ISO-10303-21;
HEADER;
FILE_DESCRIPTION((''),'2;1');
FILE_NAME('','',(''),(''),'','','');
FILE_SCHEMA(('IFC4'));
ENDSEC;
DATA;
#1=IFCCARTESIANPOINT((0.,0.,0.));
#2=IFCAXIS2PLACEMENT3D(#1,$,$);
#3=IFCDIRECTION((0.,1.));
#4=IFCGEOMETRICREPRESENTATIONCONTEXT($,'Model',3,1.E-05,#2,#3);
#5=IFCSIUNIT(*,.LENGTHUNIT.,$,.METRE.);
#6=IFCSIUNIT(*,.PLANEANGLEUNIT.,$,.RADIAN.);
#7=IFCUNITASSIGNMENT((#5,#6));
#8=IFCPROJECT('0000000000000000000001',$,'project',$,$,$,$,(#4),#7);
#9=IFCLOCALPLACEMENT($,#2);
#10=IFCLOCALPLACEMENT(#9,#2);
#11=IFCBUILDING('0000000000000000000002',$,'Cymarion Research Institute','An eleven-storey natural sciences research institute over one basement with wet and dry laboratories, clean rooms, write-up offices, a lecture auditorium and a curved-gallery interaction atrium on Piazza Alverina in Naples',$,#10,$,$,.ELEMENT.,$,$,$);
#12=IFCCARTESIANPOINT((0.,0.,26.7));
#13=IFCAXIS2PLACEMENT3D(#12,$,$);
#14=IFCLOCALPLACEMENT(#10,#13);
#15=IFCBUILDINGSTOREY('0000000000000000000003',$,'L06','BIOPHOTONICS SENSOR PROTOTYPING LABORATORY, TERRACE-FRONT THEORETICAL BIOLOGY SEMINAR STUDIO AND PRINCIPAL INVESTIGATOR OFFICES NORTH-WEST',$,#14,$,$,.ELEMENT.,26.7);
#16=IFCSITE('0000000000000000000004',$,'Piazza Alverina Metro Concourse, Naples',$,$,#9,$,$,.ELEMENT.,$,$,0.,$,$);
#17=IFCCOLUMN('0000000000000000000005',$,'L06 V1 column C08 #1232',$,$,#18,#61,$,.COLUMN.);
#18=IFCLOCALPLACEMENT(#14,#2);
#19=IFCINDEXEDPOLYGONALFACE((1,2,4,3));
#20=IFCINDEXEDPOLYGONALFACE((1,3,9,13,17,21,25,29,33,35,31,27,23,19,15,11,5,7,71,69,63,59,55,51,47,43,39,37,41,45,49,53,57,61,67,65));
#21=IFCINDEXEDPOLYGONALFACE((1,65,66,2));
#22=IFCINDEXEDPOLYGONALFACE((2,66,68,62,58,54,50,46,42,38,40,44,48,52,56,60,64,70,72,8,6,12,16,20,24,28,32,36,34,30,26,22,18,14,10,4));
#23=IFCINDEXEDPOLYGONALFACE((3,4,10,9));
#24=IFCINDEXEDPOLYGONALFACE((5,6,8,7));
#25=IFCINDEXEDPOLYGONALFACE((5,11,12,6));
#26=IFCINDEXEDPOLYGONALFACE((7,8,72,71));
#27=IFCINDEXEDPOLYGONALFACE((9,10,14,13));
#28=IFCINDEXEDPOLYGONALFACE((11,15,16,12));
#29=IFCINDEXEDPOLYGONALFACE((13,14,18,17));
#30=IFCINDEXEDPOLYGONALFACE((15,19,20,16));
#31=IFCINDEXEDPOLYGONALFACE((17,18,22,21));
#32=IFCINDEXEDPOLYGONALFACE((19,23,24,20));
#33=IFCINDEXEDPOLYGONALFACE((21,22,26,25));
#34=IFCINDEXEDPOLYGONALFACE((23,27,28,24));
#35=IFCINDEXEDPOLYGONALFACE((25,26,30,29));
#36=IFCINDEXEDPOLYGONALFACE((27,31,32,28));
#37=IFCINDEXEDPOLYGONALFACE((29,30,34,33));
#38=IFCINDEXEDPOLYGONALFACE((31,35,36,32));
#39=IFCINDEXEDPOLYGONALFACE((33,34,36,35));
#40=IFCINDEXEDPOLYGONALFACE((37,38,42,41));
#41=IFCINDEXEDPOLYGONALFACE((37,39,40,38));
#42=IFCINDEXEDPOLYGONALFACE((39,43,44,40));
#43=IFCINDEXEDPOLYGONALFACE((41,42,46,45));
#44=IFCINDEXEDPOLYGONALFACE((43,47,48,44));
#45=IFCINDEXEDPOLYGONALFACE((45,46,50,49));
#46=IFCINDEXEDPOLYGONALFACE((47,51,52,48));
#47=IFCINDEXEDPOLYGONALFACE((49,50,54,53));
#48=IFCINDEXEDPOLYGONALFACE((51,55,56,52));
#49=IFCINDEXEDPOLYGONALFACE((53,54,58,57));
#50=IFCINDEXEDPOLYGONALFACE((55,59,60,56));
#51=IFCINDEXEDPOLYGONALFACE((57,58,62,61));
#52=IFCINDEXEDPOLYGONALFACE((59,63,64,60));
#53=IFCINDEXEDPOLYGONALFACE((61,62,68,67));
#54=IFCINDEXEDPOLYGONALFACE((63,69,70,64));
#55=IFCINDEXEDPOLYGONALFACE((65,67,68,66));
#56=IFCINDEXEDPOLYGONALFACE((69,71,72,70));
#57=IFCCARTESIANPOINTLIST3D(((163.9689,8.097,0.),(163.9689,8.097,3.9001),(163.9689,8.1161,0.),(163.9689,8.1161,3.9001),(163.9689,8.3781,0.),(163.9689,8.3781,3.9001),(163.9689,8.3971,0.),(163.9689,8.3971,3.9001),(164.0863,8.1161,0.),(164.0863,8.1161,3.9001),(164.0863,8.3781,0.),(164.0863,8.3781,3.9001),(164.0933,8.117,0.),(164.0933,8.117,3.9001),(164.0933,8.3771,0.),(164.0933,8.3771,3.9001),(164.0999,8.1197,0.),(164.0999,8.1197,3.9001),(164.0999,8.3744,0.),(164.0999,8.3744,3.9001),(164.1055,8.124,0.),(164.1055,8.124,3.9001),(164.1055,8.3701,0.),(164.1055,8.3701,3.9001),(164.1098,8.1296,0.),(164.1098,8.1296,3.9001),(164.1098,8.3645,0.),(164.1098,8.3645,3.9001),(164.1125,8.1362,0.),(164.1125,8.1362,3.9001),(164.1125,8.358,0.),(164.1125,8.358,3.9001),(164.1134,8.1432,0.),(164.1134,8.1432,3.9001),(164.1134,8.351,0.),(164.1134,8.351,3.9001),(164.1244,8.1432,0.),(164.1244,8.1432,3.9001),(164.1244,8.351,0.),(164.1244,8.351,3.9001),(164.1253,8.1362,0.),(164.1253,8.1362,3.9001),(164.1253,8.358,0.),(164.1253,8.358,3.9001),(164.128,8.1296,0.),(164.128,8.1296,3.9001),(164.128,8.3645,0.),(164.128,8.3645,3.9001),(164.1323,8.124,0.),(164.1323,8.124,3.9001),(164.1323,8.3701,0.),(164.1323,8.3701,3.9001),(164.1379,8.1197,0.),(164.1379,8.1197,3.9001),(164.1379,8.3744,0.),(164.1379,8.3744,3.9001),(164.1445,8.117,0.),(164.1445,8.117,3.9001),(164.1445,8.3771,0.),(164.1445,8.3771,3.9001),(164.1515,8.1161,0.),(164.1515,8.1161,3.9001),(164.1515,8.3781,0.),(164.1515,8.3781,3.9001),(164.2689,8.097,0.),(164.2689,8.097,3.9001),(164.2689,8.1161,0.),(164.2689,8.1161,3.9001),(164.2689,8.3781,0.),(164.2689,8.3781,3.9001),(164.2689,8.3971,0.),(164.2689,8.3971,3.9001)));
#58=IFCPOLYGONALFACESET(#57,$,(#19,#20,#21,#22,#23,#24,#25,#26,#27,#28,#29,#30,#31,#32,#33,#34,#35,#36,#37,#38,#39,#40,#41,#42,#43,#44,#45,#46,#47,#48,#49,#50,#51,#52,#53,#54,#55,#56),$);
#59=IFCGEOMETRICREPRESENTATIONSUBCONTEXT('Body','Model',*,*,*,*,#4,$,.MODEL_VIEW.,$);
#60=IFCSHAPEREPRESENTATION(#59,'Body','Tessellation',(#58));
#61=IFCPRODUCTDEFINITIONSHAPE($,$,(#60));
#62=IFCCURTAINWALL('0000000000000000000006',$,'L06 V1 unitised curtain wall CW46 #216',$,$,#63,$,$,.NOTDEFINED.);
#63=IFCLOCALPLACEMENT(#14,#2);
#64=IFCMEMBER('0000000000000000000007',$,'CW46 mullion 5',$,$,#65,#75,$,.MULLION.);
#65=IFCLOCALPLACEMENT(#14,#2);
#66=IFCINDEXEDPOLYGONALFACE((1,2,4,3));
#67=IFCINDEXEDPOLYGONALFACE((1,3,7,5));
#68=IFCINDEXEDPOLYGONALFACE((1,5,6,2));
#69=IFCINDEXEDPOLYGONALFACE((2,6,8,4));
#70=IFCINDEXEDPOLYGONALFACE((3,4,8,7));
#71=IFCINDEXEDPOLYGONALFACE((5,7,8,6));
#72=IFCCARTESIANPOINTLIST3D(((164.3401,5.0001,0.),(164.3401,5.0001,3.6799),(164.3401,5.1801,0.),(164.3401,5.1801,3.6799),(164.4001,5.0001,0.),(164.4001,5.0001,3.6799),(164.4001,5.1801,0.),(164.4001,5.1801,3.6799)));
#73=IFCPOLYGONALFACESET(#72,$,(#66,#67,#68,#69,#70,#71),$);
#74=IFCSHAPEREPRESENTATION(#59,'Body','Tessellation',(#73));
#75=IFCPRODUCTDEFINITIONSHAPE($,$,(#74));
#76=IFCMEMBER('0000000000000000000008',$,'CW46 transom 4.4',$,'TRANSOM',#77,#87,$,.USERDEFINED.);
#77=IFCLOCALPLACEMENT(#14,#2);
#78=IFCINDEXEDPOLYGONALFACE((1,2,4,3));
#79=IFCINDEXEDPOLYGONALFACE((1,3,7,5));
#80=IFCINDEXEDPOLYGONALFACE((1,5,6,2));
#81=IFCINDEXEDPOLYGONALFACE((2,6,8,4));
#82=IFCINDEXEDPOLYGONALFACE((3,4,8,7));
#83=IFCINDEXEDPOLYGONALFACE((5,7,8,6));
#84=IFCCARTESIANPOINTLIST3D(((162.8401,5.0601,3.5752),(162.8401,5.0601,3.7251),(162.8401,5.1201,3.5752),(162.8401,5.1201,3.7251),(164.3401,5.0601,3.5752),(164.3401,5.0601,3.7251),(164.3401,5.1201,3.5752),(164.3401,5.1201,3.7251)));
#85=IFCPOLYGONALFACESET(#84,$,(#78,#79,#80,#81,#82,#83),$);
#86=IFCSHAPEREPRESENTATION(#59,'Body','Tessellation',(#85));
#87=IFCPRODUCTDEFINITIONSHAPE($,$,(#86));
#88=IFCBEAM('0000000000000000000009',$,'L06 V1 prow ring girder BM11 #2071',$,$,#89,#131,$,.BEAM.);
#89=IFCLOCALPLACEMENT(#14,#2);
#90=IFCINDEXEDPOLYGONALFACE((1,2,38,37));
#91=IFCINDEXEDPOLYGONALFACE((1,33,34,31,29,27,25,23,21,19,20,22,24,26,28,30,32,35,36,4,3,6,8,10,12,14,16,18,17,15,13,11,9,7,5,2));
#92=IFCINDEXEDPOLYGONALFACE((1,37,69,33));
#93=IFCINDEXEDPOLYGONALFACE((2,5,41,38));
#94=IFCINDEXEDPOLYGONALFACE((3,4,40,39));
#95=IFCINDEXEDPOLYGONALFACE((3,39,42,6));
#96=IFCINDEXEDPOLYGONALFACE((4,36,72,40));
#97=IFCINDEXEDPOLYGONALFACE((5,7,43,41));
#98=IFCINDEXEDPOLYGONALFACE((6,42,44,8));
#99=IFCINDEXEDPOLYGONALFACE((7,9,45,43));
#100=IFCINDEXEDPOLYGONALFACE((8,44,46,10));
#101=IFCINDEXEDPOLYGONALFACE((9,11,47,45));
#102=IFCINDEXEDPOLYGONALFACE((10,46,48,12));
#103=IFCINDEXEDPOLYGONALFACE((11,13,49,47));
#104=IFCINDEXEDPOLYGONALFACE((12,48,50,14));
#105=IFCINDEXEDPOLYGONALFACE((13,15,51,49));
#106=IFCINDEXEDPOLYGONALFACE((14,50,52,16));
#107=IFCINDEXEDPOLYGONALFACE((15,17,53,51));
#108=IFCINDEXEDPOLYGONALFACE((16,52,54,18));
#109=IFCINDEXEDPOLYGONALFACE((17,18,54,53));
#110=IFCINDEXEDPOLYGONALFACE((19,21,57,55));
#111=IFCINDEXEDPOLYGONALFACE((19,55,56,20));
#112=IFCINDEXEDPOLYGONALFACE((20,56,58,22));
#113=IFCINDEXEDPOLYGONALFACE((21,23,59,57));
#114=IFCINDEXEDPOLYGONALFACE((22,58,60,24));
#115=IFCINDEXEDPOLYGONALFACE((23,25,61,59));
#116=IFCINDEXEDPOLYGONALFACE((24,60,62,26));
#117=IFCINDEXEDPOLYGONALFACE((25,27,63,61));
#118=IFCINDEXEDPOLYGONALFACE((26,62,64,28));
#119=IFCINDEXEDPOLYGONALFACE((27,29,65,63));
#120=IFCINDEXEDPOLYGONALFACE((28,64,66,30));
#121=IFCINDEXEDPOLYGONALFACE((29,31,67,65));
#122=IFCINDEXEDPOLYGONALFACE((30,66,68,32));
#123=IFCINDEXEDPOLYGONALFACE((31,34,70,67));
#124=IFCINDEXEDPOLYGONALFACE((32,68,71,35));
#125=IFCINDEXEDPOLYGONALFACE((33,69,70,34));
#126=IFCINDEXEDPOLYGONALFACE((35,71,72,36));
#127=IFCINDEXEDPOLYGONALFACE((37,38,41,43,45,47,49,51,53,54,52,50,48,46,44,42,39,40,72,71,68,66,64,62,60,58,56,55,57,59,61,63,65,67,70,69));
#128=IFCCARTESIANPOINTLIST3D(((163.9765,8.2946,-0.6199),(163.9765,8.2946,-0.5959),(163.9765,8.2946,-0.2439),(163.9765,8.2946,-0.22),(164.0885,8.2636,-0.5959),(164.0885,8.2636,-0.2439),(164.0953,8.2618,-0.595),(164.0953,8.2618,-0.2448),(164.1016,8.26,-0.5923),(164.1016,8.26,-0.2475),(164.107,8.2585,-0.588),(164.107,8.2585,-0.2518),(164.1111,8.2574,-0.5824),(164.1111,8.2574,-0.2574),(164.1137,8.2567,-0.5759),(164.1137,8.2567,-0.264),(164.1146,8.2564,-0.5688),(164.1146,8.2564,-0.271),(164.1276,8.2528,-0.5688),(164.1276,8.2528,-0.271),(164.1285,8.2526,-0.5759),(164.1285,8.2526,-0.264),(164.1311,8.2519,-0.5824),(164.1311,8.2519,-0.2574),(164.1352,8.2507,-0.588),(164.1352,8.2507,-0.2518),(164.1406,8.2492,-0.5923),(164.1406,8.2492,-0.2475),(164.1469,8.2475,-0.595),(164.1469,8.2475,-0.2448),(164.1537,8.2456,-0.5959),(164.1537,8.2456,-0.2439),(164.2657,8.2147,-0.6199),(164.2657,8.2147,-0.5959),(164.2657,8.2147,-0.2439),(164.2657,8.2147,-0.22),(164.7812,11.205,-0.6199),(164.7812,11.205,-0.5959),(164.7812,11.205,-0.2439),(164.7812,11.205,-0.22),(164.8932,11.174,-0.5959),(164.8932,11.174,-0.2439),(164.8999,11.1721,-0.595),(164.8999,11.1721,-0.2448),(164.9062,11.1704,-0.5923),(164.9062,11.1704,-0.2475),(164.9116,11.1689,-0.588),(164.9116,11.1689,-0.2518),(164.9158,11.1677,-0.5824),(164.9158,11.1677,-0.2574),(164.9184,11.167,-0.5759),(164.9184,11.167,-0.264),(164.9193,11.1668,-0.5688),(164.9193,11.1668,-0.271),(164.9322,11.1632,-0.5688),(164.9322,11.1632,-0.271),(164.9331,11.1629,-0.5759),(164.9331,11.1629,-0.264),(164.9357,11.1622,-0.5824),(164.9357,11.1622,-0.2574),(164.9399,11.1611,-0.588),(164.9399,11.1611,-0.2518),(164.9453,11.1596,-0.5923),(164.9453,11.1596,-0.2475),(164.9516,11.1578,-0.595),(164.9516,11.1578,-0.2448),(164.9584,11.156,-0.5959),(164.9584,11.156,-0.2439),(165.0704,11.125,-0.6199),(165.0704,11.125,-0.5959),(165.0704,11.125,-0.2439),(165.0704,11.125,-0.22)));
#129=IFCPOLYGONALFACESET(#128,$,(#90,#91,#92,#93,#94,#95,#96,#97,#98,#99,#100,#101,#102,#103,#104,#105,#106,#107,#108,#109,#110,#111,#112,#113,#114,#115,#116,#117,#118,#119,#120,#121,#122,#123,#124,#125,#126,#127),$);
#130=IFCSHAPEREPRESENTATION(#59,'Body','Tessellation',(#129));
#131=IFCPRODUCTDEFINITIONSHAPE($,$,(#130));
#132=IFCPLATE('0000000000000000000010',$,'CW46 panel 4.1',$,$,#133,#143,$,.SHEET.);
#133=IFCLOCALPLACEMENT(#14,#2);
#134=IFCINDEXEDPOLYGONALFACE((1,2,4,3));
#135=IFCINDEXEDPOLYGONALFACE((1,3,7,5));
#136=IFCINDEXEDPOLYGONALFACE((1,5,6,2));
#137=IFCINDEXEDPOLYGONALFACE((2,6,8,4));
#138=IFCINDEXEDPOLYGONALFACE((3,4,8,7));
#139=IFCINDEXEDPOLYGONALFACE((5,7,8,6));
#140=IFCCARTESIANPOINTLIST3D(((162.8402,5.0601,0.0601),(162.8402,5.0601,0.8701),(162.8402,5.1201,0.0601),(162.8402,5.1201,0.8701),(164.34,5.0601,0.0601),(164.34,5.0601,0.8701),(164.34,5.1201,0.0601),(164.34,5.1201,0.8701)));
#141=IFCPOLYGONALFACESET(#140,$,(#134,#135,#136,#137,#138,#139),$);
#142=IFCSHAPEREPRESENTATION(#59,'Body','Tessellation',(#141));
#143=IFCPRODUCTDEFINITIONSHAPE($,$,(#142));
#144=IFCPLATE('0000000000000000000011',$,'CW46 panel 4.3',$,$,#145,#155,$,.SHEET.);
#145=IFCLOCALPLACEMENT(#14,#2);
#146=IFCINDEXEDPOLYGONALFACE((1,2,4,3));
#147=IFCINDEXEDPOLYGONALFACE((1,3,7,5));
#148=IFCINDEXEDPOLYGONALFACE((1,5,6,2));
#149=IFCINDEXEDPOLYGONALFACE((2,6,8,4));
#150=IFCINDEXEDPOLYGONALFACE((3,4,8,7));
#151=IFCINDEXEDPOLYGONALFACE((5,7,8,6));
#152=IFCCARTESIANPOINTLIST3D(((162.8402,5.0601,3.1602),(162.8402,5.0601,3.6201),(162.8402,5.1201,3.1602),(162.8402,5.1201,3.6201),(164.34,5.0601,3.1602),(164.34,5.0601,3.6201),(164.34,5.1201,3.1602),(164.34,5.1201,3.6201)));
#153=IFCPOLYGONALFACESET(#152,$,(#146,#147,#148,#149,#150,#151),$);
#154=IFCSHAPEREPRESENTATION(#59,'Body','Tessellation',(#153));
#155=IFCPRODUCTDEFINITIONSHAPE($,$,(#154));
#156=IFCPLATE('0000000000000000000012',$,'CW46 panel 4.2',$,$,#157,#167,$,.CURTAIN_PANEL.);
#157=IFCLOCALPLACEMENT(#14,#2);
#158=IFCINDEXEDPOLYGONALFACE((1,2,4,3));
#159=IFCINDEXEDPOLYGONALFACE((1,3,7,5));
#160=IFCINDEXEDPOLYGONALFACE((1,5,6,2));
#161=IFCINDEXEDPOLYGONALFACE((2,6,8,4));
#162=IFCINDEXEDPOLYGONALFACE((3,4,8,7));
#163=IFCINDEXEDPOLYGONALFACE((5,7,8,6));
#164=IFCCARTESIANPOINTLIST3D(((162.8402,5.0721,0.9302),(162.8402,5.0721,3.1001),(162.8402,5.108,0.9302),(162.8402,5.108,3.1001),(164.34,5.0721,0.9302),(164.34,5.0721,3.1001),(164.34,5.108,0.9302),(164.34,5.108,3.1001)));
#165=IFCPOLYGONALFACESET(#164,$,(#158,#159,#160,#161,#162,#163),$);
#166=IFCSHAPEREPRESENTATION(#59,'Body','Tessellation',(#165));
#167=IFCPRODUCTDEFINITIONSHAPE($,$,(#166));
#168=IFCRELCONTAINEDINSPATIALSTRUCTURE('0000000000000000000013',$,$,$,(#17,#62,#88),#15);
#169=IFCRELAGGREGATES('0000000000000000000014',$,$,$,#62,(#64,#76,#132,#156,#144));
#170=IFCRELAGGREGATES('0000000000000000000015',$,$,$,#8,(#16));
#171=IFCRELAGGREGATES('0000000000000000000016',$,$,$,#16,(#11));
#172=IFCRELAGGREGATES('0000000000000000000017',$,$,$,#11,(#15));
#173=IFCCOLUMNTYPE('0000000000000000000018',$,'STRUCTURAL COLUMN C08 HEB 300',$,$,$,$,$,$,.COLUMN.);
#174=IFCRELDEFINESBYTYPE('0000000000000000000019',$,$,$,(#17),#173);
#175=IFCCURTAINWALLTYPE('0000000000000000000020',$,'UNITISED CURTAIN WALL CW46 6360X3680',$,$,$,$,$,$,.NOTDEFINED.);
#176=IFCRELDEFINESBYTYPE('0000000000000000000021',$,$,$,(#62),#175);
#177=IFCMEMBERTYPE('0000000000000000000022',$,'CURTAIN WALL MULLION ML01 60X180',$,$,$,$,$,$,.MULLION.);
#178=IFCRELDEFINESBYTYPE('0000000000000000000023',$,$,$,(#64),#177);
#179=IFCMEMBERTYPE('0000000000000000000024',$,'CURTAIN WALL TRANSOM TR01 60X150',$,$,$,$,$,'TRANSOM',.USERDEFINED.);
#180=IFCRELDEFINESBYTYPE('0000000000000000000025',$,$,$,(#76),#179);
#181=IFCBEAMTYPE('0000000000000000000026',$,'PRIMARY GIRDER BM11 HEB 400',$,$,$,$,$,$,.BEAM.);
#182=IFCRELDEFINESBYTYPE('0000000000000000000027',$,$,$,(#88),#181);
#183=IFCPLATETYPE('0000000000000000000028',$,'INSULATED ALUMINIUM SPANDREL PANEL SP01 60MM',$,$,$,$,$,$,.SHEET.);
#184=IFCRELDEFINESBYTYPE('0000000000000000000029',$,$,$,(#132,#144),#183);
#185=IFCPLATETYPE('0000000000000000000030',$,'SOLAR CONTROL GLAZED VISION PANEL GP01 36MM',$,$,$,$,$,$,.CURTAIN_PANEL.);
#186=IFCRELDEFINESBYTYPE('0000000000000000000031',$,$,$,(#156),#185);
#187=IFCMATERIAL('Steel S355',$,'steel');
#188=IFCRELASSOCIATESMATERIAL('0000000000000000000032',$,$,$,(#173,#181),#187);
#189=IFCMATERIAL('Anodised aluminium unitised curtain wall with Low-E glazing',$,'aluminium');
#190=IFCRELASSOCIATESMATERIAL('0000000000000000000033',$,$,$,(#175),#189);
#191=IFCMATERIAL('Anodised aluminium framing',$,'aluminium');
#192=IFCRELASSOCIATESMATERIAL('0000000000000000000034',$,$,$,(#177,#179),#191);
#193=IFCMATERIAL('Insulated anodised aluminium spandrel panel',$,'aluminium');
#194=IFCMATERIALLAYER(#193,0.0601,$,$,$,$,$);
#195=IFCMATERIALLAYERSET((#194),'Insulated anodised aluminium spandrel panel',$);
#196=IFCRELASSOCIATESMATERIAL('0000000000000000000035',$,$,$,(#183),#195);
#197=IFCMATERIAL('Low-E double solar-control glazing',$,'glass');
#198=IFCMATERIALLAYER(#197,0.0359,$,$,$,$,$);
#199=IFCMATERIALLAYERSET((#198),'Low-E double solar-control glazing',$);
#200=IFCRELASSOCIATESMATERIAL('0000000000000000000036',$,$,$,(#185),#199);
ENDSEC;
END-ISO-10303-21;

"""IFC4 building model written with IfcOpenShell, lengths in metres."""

from ifc_helpers import new_model, si_unit, direction, frame, origin, origin_2d, place, context, subcontext, project, spatial, rectangle, i_section, extrude, material, layer, layer_set, material_profile, profile_set, type_object, element, aggregate, save


model = new_model("IFC4")

# Units and contexts
model_context = context("Model", 3, precision=1e-05, world=origin(), true_north=direction((0.0, 1.0)))
body_context = subcontext(model_context, "Body", "Model", "MODEL_VIEW")
ifc_project = project(units=[si_unit("LENGTHUNIT", "METRE"), si_unit("PLANEANGLEUNIT", "RADIAN")], contexts=[model_context])

# Site, building, storey
site_placement = place(None, origin())
site = spatial("IfcSite", under=ifc_project, at=site_placement, Name="Piazza Alverina Metro Concourse, Naples", CompositionType="ELEMENT", RefElevation=0.0)
building_placement = place(site_placement, origin())
building = spatial("IfcBuilding", under=site, at=building_placement, Name="Cymarion Research Institute", Description="An eleven-storey natural sciences research institute over one basement with wet and dry laboratories, clean rooms, write-up offices, a lecture auditorium and a curved-gallery interaction atrium on Piazza Alverina in Naples", CompositionType="ELEMENT")
storey_placement = place(building_placement, frame((0.0, 0.0, 26.7)))
storey = spatial("IfcBuildingStorey", under=building, at=storey_placement, Name="L06", Description="BIOPHOTONICS SENSOR PROTOTYPING LABORATORY, TERRACE-FRONT THEORETICAL BIOLOGY SEMINAR STUDIO AND PRINCIPAL INVESTIGATOR OFFICES NORTH-WEST", CompositionType="ELEMENT", Elevation=26.7)

# Column
ifc_material_1 = material(Name="Steel S355", Category="steel")
ifc_material_profile_1 = material_profile(ifc_material_1, i_section(OverallWidth=0.3, OverallDepth=0.3, WebThickness=0.011, FlangeThickness=0.019, FilletRadius=0.0271, at=origin_2d()), Name="HEB 300")
ifc_profile_set_1 = profile_set([ifc_material_profile_1], Name="Steel S355")
column_type = type_object("IfcColumnType", Name="STRUCTURAL COLUMN C08 HEB 300", PredefinedType="COLUMN", material=ifc_profile_set_1)
column_placement = place(storey_placement, frame((164.1189, 8.2471, 0.0), z_axis=(0.0, 0.0, 1.0), x_axis=(1.0, 0.0, 0.0)))
element("IfcColumn", 1, at=column_placement, inside=storey, type_object=column_type, Name="L06 V1 column C08 #1232", PredefinedType="COLUMN", context=body_context, shape_type="SweptSolid", body=[
    extrude(i_section(OverallWidth=0.3, OverallDepth=0.3, WebThickness=0.011, FlangeThickness=0.019, FilletRadius=0.0271, at=origin_2d()), origin(), (0.0, 0.0, 1.0), 3.9001),
])

# Curtain wall, members
ifc_material_2 = material(Name="Anodised aluminium unitised curtain wall with Low-E glazing", Category="aluminium")
curtain_wall_type = type_object("IfcCurtainWallType", Name="UNITISED CURTAIN WALL CW46 6360X3680", PredefinedType="NOTDEFINED", material=ifc_material_2)
curtain_wall_placement = place(storey_placement, origin())
curtain_wall = element("IfcCurtainWall", 2, at=curtain_wall_placement, inside=storey, type_object=curtain_wall_type, Name="L06 V1 unitised curtain wall CW46 #216", PredefinedType="NOTDEFINED")
ifc_material_3 = material(Name="Anodised aluminium framing", Category="aluminium")
ifc_material_profile_2 = material_profile(ifc_material_3, rectangle(XDim=0.0601, YDim=0.1799, at=origin_2d()), Name="ALU MULLION 60x180")
ifc_profile_set_2 = profile_set([ifc_material_profile_2], Name="Anodised aluminium framing")
member_type_1 = type_object("IfcMemberType", Name="CURTAIN WALL MULLION ML01 60X180", PredefinedType="MULLION", material=ifc_profile_set_2)
member_1_placement = place(storey_placement, frame((164.3701, 5.0901, 0.0), z_axis=(0.0, 0.0, 1.0), x_axis=(1.0, 0.0, 0.0)))
member_1 = element("IfcMember", 3, at=member_1_placement, type_object=member_type_1, Name="CW46 mullion 5", PredefinedType="MULLION", context=body_context, shape_type="SweptSolid", body=[
    extrude(rectangle(XDim=0.0601, YDim=0.1799, at=origin_2d()), origin(), (0.0, 0.0, 1.0), 3.6799),
])
ifc_material_profile_3 = material_profile(ifc_material_3, rectangle(XDim=0.0601, YDim=0.1499, at=origin_2d()), Name="ALU TRANSOM 60x150")
ifc_profile_set_3 = profile_set([ifc_material_profile_3], Name="Anodised aluminium framing")
member_type_2 = type_object("IfcMemberType", Name="CURTAIN WALL TRANSOM TR01 60X150", ElementType="TRANSOM", PredefinedType="USERDEFINED", material=ifc_profile_set_3)
member_2_placement = place(storey_placement, frame((162.8401, 5.0901, 3.6501), z_axis=(1.0, 0.0, 0.0), x_axis=(0.0, 1.0, 0.0)))
member_2 = element("IfcMember", 4, at=member_2_placement, type_object=member_type_2, Name="CW46 transom 4.4", ObjectType="TRANSOM", PredefinedType="USERDEFINED", context=body_context, shape_type="SweptSolid", body=[
    extrude(rectangle(XDim=0.0601, YDim=0.1499, at=origin_2d()), origin(), (0.0, 0.0, 1.0), 1.5),
])

# Beam
ifc_material_profile_4 = material_profile(ifc_material_1, i_section(OverallWidth=0.3, OverallDepth=0.3999, WebThickness=0.0134, FlangeThickness=0.0239, FilletRadius=0.0271, at=origin_2d()), Name="HEB 400")
ifc_profile_set_4 = profile_set([ifc_material_profile_4], Name="Steel S355")
beam_type = type_object("IfcBeamType", Name="PRIMARY GIRDER BM11 HEB 400", PredefinedType="BEAM", material=ifc_profile_set_4)
beam_placement = place(storey_placement, frame((164.1211, 8.2546, -0.4199), z_axis=(0.266489, 0.963838, 0.0), x_axis=(-0.963838, 0.266489, 0.0)))
element("IfcBeam", 5, at=beam_placement, inside=storey, type_object=beam_type, Name="L06 V1 prow ring girder BM11 #2071", PredefinedType="BEAM", context=body_context, shape_type="SweptSolid", body=[
    extrude(i_section(OverallWidth=0.3, OverallDepth=0.3999, WebThickness=0.0134, FlangeThickness=0.0239, FilletRadius=0.0271, at=origin_2d()), origin(), (0.0, 0.0, 1.0), 3.0195),
])

# Plates
ifc_material_4 = material(Name="Insulated anodised aluminium spandrel panel", Category="aluminium")
ifc_layer_1 = layer(ifc_material_4, 0.0601)
ifc_layer_set_1 = layer_set([ifc_layer_1], Name="Insulated anodised aluminium spandrel panel")
plate_type_1 = type_object("IfcPlateType", Name="INSULATED ALUMINIUM SPANDREL PANEL SP01 60MM", PredefinedType="SHEET", material=ifc_layer_set_1)
plate_1_placement = place(storey_placement, frame((163.5901, 5.0901, 0.0601), z_axis=(0.0, 0.0, 1.0), x_axis=(1.0, 0.0, 0.0)))
plate_1 = element("IfcPlate", 6, at=plate_1_placement, type_object=plate_type_1, Name="CW46 panel 4.1", PredefinedType="SHEET", context=body_context, shape_type="SweptSolid", body=[
    extrude(rectangle(XDim=1.4998, YDim=0.0601, at=origin_2d()), origin(), (0.0, 0.0, 1.0), 0.8101),
])
plate_2_placement = place(storey_placement, frame((163.5901, 5.0901, 3.1602), z_axis=(0.0, 0.0, 1.0), x_axis=(1.0, 0.0, 0.0)))
plate_2 = element("IfcPlate", 7, at=plate_2_placement, type_object=plate_type_1, Name="CW46 panel 4.3", PredefinedType="SHEET", context=body_context, shape_type="SweptSolid", body=[
    extrude(rectangle(XDim=1.4998, YDim=0.0601, at=origin_2d()), origin(), (0.0, 0.0, 1.0), 0.46),
])
ifc_material_5 = material(Name="Low-E double solar-control glazing", Category="glass")
ifc_layer_2 = layer(ifc_material_5, 0.0359)
ifc_layer_set_2 = layer_set([ifc_layer_2], Name="Low-E double solar-control glazing")
plate_type_2 = type_object("IfcPlateType", Name="SOLAR CONTROL GLAZED VISION PANEL GP01 36MM", PredefinedType="CURTAIN_PANEL", material=ifc_layer_set_2)
plate_3_placement = place(storey_placement, frame((163.5901, 5.0901, 0.9302), z_axis=(0.0, 0.0, 1.0), x_axis=(1.0, 0.0, 0.0)))
plate_3 = element("IfcPlate", 8, at=plate_3_placement, type_object=plate_type_2, Name="CW46 panel 4.2", PredefinedType="CURTAIN_PANEL", context=body_context, shape_type="SweptSolid", body=[
    extrude(rectangle(XDim=1.4998, YDim=0.0359, at=origin_2d()), origin(), (0.0, 0.0, 1.0), 2.1699),
])
aggregate(curtain_wall, [member_1, member_2, plate_1, plate_3, plate_2])

save(model, "model.ifc")
